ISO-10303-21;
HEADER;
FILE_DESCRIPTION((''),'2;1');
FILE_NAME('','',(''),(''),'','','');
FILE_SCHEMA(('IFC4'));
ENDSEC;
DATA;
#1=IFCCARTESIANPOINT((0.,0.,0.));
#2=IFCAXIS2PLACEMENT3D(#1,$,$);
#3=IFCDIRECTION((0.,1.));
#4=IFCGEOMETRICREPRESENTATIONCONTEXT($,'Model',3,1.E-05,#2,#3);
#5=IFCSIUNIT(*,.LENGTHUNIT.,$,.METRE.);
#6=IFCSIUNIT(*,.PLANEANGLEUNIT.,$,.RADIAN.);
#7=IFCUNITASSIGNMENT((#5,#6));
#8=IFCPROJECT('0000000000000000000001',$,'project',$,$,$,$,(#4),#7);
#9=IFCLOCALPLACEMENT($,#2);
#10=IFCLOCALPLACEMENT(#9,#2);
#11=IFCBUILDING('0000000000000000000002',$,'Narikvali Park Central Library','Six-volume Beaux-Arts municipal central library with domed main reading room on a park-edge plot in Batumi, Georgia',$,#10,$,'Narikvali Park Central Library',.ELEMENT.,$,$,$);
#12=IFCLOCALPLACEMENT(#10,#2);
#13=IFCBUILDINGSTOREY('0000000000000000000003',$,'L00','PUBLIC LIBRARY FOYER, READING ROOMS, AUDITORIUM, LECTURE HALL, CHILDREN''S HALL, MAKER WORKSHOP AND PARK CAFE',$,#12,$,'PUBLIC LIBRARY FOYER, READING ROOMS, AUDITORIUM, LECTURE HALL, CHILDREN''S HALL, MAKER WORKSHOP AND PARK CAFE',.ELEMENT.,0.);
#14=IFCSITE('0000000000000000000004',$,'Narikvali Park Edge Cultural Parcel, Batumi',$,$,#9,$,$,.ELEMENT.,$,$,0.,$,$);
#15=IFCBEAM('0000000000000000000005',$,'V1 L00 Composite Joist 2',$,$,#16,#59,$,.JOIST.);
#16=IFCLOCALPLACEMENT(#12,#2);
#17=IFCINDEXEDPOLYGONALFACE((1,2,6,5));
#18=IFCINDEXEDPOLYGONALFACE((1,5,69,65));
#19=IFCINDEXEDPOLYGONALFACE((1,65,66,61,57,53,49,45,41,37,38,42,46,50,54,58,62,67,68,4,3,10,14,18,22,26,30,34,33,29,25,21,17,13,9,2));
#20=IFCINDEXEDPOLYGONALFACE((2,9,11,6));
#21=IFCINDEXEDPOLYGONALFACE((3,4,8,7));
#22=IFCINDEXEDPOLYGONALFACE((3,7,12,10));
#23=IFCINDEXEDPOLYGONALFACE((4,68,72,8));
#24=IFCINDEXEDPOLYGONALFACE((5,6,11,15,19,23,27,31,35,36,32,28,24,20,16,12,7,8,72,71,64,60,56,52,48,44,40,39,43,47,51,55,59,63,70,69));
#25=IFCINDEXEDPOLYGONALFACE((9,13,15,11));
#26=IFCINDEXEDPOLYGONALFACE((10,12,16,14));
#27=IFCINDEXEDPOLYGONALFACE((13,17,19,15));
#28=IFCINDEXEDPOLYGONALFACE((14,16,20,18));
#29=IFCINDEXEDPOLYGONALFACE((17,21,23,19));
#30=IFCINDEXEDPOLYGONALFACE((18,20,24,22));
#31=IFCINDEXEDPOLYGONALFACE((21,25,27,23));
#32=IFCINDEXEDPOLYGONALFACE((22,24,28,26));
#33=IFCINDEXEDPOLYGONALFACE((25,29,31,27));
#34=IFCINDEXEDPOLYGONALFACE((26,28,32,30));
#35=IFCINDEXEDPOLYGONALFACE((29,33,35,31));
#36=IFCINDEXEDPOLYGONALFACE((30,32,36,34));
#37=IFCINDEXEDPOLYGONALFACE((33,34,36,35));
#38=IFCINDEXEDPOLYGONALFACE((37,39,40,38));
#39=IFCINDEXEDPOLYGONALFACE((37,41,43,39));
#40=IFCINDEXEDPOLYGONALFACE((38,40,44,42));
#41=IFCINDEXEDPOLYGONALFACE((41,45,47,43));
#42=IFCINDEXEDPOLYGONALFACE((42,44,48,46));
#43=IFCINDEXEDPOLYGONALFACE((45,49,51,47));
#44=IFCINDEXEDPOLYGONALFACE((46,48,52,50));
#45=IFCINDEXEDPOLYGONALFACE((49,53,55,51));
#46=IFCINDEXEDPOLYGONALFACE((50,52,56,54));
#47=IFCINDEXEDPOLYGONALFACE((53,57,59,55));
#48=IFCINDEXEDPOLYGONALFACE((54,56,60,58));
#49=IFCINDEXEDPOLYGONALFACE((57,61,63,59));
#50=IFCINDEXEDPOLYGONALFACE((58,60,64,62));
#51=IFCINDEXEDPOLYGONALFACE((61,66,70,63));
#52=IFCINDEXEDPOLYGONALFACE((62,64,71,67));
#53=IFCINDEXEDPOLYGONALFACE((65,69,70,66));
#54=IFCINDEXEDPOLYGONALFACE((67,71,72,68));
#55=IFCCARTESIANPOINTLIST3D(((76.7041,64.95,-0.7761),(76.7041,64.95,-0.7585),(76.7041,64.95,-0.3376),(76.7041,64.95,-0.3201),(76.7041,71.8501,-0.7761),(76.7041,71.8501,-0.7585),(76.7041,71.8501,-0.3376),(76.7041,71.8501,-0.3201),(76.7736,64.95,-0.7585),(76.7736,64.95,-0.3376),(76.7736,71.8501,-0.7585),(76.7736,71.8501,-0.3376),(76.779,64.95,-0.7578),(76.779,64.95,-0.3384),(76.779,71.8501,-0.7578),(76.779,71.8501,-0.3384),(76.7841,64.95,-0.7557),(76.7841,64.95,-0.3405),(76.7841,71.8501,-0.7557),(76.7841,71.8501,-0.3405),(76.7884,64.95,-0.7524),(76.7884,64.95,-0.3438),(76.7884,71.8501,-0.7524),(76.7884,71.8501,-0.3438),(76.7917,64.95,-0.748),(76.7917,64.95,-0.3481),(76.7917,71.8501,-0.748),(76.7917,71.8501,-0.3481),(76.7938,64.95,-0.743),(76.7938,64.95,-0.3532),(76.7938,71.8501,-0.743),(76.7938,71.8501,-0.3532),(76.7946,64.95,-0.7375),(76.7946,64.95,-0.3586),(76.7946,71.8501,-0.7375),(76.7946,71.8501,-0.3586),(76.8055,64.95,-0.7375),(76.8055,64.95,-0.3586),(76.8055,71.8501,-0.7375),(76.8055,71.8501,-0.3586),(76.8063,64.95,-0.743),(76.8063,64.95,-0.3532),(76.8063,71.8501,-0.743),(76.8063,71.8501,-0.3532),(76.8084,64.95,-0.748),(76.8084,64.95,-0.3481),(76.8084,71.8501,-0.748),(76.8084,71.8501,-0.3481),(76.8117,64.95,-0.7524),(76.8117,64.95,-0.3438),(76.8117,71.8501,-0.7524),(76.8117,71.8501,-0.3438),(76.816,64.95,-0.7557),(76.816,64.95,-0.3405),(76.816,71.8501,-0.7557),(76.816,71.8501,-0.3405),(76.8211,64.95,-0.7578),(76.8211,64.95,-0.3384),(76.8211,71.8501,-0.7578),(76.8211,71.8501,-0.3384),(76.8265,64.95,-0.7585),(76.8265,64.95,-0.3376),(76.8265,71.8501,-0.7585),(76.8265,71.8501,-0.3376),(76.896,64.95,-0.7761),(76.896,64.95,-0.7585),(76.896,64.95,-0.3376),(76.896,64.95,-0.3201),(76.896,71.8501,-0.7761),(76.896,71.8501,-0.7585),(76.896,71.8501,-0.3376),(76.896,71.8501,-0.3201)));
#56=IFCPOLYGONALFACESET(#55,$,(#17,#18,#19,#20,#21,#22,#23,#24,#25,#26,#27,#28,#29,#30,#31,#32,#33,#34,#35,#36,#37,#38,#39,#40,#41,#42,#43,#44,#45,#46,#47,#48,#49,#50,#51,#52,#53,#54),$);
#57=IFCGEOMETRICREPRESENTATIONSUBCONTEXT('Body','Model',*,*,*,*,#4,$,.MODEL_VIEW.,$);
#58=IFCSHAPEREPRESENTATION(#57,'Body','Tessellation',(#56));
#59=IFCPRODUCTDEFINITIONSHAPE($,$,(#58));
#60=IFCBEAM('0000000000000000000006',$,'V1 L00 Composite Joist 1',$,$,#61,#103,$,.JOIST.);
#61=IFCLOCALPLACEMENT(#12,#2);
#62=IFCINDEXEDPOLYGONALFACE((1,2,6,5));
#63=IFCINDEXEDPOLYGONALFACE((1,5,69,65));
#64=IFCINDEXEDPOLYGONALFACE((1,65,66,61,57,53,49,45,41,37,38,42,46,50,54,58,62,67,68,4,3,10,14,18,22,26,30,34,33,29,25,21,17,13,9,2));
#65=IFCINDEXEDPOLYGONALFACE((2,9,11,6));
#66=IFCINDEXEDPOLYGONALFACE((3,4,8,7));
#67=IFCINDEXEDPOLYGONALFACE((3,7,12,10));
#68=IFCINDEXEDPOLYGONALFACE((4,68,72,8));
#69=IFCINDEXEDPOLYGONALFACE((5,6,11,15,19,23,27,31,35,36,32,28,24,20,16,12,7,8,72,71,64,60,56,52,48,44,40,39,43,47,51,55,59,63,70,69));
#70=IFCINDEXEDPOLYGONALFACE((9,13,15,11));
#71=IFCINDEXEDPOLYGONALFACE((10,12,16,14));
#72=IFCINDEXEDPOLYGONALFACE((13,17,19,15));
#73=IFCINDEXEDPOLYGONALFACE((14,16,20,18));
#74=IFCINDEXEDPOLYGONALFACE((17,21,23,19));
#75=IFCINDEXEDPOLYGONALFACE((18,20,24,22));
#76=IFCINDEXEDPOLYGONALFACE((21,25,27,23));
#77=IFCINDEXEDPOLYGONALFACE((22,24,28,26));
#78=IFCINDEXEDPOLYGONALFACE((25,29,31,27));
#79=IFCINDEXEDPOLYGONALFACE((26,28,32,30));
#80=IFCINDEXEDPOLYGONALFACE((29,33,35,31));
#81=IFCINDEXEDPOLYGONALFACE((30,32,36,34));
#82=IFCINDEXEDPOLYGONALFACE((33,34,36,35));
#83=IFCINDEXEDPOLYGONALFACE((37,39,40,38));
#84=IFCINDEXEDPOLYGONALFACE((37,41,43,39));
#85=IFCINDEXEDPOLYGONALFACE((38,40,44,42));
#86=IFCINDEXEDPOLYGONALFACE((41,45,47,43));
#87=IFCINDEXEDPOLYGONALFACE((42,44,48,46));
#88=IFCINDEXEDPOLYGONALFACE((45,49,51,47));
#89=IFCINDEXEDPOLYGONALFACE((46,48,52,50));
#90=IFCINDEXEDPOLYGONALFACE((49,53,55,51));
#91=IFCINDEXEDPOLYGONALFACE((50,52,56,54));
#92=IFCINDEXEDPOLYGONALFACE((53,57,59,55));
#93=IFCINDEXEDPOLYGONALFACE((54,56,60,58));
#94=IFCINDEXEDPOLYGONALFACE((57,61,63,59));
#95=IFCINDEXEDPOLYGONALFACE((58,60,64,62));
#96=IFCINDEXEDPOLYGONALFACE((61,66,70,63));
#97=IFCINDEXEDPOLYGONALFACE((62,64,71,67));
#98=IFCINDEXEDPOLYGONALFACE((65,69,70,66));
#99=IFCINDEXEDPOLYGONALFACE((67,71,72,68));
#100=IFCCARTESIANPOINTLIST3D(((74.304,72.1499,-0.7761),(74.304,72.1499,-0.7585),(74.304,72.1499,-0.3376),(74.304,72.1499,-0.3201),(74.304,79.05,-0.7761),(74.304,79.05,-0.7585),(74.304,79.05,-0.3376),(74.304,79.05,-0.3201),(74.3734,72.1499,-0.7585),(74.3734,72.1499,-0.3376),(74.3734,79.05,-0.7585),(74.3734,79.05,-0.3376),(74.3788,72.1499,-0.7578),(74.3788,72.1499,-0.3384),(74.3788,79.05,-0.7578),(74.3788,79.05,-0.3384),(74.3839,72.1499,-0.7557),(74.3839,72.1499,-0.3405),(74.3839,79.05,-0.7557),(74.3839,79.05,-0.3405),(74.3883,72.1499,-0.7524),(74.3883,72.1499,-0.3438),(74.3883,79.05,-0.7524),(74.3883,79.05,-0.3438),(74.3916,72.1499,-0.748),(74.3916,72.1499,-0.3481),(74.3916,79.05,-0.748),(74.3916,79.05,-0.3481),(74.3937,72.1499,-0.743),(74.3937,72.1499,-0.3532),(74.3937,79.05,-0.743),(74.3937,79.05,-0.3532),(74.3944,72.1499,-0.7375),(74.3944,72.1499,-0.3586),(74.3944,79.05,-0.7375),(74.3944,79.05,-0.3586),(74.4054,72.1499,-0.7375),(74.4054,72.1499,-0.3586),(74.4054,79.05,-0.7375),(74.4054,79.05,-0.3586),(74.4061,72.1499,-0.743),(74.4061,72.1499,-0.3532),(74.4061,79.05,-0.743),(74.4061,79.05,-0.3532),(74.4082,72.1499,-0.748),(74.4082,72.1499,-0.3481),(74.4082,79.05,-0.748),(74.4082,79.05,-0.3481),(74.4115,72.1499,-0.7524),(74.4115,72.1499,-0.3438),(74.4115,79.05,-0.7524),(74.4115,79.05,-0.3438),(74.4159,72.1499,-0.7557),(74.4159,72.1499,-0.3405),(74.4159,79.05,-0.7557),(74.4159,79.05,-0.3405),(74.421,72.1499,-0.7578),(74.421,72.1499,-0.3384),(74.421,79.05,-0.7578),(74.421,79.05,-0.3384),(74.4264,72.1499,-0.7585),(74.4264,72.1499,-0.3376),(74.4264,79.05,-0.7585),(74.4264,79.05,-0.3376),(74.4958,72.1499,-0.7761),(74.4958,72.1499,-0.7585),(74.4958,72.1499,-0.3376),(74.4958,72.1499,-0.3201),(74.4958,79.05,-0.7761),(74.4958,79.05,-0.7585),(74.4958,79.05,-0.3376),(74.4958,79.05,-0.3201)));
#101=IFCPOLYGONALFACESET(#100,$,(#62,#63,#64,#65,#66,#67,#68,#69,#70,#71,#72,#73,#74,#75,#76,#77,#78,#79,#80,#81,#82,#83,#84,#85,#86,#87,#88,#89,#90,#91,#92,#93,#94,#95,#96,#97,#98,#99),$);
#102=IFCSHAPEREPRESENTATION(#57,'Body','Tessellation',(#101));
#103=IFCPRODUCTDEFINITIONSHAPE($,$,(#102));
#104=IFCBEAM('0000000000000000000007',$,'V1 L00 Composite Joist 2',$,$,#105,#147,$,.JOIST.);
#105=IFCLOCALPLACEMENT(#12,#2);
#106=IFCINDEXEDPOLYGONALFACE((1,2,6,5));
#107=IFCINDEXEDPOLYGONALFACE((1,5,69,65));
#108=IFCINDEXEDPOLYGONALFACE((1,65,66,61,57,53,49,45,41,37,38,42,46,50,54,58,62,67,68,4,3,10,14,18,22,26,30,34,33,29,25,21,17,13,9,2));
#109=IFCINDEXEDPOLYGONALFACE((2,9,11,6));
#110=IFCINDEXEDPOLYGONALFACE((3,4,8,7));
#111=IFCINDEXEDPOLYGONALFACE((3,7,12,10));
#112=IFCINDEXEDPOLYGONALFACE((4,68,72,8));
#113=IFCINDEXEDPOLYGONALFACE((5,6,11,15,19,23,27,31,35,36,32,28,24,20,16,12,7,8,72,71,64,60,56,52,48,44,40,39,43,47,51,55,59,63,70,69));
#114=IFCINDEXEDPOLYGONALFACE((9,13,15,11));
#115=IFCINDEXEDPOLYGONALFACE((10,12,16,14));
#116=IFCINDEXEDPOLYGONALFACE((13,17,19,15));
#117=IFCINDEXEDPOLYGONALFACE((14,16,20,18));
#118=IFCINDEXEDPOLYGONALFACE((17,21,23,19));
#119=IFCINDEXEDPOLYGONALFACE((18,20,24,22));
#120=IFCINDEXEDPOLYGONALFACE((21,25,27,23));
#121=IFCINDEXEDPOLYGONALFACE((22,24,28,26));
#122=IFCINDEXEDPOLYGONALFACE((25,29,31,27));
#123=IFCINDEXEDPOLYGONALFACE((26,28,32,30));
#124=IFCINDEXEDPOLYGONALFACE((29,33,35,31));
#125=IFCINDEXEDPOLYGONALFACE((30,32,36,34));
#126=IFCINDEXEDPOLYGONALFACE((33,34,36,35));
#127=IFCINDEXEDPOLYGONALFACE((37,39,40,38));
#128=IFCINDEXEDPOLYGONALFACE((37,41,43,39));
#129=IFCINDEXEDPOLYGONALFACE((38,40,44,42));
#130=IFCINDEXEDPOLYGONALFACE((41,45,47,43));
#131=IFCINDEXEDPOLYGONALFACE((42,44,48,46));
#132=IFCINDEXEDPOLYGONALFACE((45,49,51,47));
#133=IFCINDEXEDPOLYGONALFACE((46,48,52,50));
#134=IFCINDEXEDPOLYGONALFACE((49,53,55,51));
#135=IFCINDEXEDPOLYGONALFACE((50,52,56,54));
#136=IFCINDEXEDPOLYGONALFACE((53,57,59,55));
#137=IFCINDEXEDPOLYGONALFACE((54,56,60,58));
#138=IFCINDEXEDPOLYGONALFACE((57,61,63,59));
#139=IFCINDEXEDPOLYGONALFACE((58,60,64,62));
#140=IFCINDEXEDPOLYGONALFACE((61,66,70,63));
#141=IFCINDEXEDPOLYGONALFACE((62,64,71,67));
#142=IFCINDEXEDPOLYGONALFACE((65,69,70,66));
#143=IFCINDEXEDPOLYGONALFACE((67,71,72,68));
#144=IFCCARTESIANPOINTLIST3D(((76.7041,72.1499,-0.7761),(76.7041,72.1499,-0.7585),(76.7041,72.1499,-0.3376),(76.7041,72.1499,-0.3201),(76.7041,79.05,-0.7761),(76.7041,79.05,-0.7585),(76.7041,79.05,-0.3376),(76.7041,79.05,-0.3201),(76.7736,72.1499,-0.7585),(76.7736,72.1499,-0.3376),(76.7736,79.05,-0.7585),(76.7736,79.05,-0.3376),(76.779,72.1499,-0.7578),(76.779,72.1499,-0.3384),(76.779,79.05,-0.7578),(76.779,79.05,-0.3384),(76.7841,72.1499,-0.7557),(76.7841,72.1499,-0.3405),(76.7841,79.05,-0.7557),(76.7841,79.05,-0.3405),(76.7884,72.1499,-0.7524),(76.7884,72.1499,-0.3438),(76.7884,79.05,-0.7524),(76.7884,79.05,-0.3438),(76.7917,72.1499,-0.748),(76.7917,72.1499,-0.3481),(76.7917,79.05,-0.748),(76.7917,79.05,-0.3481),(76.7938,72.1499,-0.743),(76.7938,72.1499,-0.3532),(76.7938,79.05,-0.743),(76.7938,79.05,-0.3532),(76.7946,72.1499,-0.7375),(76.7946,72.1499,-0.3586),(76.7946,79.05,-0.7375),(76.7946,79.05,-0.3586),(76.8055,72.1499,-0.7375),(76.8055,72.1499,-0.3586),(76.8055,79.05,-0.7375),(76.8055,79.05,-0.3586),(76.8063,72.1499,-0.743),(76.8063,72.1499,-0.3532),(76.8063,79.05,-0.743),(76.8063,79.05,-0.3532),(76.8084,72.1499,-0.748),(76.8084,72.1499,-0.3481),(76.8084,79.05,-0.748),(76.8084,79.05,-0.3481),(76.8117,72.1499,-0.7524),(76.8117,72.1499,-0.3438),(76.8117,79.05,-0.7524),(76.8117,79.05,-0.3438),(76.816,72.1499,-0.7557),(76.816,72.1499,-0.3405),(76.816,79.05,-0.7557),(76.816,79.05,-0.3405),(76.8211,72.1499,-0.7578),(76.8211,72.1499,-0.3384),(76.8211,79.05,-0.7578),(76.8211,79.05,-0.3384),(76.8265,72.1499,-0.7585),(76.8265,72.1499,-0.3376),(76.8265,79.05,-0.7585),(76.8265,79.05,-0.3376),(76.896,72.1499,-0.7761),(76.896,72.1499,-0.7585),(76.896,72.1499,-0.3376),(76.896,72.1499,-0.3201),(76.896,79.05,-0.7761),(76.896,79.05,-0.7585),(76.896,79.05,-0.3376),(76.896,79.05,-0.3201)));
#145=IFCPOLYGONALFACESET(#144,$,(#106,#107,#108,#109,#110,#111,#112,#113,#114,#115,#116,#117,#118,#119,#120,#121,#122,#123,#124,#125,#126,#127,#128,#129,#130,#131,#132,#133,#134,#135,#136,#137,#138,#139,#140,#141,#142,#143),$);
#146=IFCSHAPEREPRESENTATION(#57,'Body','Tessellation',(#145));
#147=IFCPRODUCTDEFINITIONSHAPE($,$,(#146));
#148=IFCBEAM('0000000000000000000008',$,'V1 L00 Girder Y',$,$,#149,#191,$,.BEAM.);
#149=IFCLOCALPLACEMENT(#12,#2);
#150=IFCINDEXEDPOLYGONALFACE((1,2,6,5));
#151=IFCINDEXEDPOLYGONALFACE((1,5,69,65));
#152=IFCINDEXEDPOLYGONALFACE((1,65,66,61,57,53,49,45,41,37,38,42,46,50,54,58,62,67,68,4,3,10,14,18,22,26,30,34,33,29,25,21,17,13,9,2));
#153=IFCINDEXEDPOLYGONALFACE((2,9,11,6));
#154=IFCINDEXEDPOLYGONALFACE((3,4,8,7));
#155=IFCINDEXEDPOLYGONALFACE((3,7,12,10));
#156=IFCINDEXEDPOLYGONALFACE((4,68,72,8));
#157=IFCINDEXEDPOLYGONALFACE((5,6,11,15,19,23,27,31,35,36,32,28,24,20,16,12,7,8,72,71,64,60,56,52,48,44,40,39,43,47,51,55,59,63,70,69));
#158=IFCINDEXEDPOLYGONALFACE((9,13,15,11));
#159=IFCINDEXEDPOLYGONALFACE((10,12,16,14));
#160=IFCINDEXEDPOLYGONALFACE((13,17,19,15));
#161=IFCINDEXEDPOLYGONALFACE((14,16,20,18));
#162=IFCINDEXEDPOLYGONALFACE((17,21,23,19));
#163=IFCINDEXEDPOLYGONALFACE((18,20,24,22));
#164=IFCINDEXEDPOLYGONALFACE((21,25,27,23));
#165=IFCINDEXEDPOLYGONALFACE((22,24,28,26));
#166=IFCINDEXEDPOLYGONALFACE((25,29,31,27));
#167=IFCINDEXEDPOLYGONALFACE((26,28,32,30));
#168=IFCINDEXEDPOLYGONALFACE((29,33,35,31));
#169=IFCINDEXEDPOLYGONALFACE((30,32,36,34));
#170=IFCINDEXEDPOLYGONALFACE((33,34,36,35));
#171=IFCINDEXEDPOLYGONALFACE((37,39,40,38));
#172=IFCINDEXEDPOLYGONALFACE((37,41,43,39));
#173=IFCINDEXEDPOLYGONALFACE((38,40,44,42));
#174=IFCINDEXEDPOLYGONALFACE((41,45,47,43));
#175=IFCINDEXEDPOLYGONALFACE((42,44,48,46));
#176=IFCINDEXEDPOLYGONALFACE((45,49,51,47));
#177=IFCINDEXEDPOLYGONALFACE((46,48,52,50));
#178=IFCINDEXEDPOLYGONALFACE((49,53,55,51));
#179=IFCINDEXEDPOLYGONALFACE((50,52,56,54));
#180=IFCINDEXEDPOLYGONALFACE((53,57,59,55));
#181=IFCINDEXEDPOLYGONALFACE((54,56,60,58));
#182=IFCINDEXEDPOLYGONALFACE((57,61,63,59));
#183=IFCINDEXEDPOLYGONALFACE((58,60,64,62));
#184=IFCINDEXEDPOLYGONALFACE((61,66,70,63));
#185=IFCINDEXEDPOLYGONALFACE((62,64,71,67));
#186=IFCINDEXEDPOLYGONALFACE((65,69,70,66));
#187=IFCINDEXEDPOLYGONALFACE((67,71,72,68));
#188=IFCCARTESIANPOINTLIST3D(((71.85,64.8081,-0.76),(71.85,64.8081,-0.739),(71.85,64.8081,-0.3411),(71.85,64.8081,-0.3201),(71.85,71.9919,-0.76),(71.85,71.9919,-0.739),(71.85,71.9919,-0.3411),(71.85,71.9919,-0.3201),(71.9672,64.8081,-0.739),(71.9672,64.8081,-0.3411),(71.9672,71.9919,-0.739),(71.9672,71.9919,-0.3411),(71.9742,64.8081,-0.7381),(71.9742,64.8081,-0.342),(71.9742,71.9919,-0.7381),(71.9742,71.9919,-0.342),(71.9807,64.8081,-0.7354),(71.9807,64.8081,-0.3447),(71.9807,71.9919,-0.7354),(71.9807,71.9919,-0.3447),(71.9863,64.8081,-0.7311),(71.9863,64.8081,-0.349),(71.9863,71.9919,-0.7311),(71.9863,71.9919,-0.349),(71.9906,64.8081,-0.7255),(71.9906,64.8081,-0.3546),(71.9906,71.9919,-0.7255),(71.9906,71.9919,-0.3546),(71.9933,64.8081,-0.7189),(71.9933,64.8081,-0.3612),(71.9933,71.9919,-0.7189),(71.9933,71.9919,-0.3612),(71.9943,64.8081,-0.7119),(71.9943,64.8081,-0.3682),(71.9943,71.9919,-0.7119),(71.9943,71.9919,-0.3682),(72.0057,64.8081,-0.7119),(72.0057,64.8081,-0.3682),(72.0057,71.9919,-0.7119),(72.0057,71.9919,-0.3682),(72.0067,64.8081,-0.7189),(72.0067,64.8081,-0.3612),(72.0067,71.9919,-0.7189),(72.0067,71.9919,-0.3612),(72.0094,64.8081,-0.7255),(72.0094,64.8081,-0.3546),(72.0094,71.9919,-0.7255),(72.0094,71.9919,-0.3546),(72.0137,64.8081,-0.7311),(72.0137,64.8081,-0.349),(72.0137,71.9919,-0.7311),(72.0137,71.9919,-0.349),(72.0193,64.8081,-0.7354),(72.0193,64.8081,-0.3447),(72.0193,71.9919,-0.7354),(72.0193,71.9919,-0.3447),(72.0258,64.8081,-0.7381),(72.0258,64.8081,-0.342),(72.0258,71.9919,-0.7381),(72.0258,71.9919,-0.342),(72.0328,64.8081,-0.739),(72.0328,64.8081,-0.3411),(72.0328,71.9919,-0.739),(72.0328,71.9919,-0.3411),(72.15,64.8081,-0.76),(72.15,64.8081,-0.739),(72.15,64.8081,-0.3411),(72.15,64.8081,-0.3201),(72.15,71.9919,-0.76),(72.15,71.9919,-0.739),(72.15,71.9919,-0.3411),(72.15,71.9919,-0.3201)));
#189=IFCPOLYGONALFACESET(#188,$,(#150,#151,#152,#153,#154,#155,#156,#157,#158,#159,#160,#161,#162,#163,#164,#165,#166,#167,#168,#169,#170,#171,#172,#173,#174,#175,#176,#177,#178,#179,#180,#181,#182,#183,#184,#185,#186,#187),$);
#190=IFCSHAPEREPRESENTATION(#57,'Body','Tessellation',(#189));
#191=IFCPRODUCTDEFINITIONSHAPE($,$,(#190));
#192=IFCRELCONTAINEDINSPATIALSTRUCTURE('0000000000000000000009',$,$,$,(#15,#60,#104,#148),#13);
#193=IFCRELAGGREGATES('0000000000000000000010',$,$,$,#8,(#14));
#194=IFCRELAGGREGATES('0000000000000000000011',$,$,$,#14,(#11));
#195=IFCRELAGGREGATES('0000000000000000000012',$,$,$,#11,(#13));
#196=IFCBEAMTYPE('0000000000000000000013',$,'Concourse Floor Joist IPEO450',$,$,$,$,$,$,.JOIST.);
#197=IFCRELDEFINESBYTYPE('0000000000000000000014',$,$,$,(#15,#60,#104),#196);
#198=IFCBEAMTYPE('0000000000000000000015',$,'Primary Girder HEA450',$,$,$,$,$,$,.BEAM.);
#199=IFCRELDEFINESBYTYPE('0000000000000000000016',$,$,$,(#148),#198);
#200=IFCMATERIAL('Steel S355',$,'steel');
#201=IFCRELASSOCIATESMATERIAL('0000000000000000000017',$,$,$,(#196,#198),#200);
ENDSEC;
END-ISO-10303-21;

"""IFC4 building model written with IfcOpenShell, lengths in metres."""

from ifc_helpers import new_model, si_unit, direction, frame, origin, origin_2d, place, context, subcontext, project, spatial, i_section, extrude, material, material_profile, profile_set, type_object, element, save


model = new_model("IFC4")

# Units and contexts
model_context = context("Model", 3, precision=1e-05, world=origin(), true_north=direction((0.0, 1.0)))
body_context = subcontext(model_context, "Body", "Model", "MODEL_VIEW")
ifc_project = project(units=[si_unit("LENGTHUNIT", "METRE"), si_unit("PLANEANGLEUNIT", "RADIAN")], contexts=[model_context])

# Site, building, storey
site_placement = place(None, origin())
site = spatial("IfcSite", under=ifc_project, at=site_placement, Name="Narikvali Park Edge Cultural Parcel, Batumi", CompositionType="ELEMENT", RefElevation=0.0)
building_placement = place(site_placement, origin())
building = spatial("IfcBuilding", under=site, at=building_placement, Name="Narikvali Park Central Library", Description="Six-volume Beaux-Arts municipal central library with domed main reading room on a park-edge plot in Batumi, Georgia", LongName="Narikvali Park Central Library", CompositionType="ELEMENT")
storey_placement = place(building_placement, origin())
storey = spatial("IfcBuildingStorey", under=building, at=storey_placement, Name="L00", Description="PUBLIC LIBRARY FOYER, READING ROOMS, AUDITORIUM, LECTURE HALL, CHILDREN'S HALL, MAKER WORKSHOP AND PARK CAFE", LongName="PUBLIC LIBRARY FOYER, READING ROOMS, AUDITORIUM, LECTURE HALL, CHILDREN'S HALL, MAKER WORKSHOP AND PARK CAFE", CompositionType="ELEMENT", Elevation=0.0)

# Shared definitions
ifc_material_1 = material(Name="Steel S355", Category="steel")

# Beams
ifc_material_profile_1 = material_profile(ifc_material_1, i_section(OverallWidth=0.1919, OverallDepth=0.4561, WebThickness=0.011, FlangeThickness=0.0176, FilletRadius=0.021, at=origin_2d()), Name="IPEO 450")
ifc_profile_set_1 = profile_set([ifc_material_profile_1], Name="Steel S355")
beam_type_1 = type_object("IfcBeamType", Name="Concourse Floor Joist IPEO450", PredefinedType="JOIST", material=ifc_profile_set_1)
for number, where, z_axis, x_axis, name in (
    (1, (76.8, 64.95, -0.5481), (0.0, 1.0, 0.0), (-1.0, 0.0, 0.0), "V1 L00 Composite Joist 2"),
    (2, (74.3999, 72.1499, -0.5481), (0.0, 1.0, 0.0), (-1.0, 0.0, 0.0), "V1 L00 Composite Joist 1"),
    (3, (76.8, 72.1499, -0.5481), (0.0, 1.0, 0.0), (-1.0, 0.0, 0.0), "V1 L00 Composite Joist 2"),
):
    element("IfcBeam", number, at=place(storey_placement, frame(where, z_axis=z_axis, x_axis=x_axis)), inside=storey, type_object=beam_type_1, Name=name, PredefinedType="JOIST", context=body_context, shape_type="SweptSolid", body=[
        extrude(i_section(OverallWidth=0.1919, OverallDepth=0.4561, WebThickness=0.011, FlangeThickness=0.0176, FilletRadius=0.021, at=origin_2d()), origin(), (0.0, 0.0, 1.0), 6.9001),
    ])
ifc_material_profile_2 = material_profile(ifc_material_1, i_section(OverallWidth=0.3, OverallDepth=0.4399, WebThickness=0.0115, FlangeThickness=0.021, FilletRadius=0.0271, at=origin_2d()), Name="HEA 450")
ifc_profile_set_2 = profile_set([ifc_material_profile_2], Name="Steel S355")
beam_type_2 = type_object("IfcBeamType", Name="Primary Girder HEA450", PredefinedType="BEAM", material=ifc_profile_set_2)
for number, where, z_axis, x_axis, name in (
    (4, (72.0, 64.8081, -0.54), (0.0, 1.0, 0.0), (-1.0, 0.0, 0.0), "V1 L00 Girder Y"),
):
    element("IfcBeam", number, at=place(storey_placement, frame(where, z_axis=z_axis, x_axis=x_axis)), inside=storey, type_object=beam_type_2, Name=name, PredefinedType="BEAM", context=body_context, shape_type="SweptSolid", body=[
        extrude(i_section(OverallWidth=0.3, OverallDepth=0.4399, WebThickness=0.0115, FlangeThickness=0.021, FilletRadius=0.0271, at=origin_2d()), origin(), (0.0, 0.0, 1.0), 7.1838),
    ])

save(model, "model.ifc")
